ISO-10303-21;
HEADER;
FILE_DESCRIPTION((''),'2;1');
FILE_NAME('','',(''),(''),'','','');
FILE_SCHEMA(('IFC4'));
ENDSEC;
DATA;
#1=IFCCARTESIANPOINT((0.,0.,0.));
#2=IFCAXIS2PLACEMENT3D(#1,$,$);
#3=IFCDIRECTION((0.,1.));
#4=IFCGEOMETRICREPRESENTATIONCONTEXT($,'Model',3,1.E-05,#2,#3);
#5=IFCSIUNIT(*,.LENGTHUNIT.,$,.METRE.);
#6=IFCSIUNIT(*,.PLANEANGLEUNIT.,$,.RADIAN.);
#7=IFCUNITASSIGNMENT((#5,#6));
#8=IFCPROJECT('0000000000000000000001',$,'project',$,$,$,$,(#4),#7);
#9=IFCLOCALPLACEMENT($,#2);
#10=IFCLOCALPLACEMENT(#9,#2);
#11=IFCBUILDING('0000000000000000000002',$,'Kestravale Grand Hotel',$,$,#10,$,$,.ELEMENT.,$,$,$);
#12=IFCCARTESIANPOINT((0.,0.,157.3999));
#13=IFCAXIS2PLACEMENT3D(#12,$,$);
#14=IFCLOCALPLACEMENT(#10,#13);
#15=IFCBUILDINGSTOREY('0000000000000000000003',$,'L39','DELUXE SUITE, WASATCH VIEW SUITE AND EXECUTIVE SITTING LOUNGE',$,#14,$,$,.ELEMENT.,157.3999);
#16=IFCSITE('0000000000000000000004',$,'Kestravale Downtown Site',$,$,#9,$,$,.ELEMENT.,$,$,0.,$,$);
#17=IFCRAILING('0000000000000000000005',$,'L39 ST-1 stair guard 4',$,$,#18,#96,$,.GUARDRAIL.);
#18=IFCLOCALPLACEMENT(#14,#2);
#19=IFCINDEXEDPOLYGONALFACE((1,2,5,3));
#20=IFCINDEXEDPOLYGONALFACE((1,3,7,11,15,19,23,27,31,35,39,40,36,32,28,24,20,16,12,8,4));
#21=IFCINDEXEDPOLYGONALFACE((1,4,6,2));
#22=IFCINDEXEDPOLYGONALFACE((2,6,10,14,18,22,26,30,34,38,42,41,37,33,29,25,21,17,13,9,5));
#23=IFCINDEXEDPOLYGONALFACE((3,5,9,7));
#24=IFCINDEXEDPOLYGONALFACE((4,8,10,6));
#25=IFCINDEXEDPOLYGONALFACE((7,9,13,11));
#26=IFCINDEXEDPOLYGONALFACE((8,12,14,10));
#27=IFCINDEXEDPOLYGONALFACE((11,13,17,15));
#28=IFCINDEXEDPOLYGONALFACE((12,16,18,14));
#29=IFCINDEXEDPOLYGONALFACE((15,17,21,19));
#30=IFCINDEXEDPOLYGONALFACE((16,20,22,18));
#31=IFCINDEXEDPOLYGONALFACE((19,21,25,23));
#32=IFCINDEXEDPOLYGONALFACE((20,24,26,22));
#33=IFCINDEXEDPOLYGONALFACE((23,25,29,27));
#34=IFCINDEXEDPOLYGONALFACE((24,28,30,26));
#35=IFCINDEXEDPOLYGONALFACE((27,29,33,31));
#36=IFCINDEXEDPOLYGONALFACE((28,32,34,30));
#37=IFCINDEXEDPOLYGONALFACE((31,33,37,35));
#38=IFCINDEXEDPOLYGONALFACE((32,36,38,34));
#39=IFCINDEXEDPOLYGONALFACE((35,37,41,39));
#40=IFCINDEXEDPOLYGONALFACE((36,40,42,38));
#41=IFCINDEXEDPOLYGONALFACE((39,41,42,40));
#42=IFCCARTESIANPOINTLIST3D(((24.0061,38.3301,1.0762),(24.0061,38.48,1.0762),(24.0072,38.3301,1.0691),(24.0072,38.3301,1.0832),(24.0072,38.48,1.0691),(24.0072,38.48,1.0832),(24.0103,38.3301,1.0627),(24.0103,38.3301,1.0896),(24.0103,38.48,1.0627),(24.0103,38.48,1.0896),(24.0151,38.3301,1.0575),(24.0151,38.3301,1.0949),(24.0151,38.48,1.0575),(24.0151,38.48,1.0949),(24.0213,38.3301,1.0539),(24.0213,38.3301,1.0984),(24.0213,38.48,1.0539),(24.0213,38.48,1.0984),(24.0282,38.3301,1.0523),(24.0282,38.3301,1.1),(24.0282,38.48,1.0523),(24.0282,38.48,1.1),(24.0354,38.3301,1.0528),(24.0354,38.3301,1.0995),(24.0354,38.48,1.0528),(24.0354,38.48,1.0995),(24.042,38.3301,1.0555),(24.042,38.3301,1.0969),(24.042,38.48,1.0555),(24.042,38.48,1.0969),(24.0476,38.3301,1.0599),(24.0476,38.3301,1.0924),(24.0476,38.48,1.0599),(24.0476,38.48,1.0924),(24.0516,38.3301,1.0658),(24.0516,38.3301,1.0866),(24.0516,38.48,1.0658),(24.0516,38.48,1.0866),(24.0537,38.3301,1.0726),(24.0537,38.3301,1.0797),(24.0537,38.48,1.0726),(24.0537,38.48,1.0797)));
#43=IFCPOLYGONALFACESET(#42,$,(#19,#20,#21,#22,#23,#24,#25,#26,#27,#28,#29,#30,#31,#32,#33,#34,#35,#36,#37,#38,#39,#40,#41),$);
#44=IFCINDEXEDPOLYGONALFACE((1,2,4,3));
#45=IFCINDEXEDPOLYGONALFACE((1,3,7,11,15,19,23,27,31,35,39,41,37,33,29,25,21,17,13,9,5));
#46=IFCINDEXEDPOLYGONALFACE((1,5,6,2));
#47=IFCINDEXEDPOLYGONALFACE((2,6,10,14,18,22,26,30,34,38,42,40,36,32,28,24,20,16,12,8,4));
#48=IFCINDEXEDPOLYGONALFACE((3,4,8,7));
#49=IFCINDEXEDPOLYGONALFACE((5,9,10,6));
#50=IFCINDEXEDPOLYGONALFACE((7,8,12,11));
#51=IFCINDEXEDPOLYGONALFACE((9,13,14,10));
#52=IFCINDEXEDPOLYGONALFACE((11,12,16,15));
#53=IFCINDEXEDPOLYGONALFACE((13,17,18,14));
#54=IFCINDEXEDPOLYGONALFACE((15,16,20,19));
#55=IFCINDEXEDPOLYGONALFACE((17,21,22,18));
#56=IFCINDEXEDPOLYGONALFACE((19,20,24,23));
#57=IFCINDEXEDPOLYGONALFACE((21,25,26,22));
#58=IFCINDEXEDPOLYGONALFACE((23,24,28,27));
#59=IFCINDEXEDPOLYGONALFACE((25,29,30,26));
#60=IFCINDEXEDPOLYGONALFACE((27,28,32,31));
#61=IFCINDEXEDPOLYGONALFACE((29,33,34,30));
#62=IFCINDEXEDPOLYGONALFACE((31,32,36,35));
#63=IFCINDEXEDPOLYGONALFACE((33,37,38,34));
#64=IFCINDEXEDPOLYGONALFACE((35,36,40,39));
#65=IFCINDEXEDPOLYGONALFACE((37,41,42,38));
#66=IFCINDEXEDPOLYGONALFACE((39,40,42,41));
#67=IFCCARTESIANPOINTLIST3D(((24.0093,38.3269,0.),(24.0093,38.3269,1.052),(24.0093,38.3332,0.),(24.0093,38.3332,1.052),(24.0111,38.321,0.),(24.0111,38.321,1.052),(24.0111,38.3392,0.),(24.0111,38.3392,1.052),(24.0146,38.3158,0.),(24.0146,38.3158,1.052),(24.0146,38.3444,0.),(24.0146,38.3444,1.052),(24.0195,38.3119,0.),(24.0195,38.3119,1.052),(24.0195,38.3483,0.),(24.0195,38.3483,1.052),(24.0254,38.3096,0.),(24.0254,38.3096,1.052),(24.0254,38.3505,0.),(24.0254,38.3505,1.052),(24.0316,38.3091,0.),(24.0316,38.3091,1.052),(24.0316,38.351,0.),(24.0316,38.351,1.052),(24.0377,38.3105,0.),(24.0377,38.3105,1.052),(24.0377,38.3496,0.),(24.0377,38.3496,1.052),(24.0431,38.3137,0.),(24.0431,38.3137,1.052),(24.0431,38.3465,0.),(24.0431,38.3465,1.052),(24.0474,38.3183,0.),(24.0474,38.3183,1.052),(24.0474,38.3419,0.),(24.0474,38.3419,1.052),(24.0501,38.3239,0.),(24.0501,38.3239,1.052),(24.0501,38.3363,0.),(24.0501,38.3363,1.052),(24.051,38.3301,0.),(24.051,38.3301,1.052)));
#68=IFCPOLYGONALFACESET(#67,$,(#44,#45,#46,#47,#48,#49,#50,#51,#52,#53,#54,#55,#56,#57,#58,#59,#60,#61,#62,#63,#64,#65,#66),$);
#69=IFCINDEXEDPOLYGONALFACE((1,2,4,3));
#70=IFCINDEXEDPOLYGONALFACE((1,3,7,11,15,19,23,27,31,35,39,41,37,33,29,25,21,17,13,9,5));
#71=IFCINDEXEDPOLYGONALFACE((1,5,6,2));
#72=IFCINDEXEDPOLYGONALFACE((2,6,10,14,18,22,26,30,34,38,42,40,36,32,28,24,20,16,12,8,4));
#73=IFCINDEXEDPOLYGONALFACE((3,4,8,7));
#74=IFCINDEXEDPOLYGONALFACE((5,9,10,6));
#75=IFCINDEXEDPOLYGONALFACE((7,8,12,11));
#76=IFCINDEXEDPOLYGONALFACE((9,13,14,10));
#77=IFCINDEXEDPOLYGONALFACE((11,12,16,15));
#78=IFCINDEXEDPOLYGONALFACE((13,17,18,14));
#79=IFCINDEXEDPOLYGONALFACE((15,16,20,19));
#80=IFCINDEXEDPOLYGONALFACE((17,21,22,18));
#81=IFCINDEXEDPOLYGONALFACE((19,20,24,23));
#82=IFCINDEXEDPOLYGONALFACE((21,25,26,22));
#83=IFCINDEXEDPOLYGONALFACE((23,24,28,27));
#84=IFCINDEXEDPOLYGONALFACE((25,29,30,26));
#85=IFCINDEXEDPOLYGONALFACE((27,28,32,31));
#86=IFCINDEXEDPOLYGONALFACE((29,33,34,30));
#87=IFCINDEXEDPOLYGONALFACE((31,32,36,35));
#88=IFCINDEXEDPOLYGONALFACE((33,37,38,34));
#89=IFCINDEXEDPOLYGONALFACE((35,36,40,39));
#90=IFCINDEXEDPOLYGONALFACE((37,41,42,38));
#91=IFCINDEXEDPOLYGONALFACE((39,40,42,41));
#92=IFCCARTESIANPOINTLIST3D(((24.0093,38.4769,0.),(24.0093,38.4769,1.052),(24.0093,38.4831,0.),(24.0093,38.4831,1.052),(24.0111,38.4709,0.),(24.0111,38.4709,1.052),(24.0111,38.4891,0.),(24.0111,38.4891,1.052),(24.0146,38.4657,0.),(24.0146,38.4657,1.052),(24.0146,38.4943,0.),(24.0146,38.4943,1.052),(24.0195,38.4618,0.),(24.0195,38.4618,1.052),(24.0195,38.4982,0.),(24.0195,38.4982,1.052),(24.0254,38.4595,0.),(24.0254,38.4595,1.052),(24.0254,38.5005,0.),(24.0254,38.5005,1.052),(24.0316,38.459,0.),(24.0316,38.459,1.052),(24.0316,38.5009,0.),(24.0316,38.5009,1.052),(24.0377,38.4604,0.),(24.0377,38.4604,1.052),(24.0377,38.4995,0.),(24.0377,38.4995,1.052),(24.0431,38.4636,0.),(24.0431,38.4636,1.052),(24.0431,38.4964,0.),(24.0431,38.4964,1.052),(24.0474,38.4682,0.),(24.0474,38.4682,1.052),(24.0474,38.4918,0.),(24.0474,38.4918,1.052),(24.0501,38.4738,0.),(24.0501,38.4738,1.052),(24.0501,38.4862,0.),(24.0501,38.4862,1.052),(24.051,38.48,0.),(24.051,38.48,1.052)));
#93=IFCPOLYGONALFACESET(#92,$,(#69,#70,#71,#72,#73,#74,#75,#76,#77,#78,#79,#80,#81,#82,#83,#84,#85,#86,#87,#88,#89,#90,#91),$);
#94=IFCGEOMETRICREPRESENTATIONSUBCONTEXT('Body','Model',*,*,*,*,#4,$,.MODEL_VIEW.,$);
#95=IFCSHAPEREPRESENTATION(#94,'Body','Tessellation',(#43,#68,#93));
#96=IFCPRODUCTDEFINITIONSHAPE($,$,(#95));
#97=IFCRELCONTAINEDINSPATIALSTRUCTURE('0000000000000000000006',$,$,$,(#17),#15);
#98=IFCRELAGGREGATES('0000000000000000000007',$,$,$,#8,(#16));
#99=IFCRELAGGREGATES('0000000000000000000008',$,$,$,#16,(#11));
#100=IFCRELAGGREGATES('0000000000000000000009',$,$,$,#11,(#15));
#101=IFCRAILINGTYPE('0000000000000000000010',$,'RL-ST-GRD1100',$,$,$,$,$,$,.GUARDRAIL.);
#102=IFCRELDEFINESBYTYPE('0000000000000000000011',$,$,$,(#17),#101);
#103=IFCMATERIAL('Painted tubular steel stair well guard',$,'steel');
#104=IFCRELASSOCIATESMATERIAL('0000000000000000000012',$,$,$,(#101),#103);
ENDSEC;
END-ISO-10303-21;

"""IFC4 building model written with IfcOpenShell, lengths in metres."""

from ifc_helpers import new_model, si_unit, direction, frame, origin, origin_2d, place, context, subcontext, project, spatial, circle, extrude, material, type_object, element, save


model = new_model("IFC4")

# Units and contexts
model_context = context("Model", 3, precision=1e-05, world=origin(), true_north=direction((0.0, 1.0)))
body_context = subcontext(model_context, "Body", "Model", "MODEL_VIEW")
ifc_project = project(units=[si_unit("LENGTHUNIT", "METRE"), si_unit("PLANEANGLEUNIT", "RADIAN")], contexts=[model_context])

# Site, building, storey
site_placement = place(None, origin())
site = spatial("IfcSite", under=ifc_project, at=site_placement, Name="Kestravale Downtown Site", CompositionType="ELEMENT", RefElevation=0.0)
building_placement = place(site_placement, origin())
building = spatial("IfcBuilding", under=site, at=building_placement, Name="Kestravale Grand Hotel", CompositionType="ELEMENT")
storey_placement = place(building_placement, frame((0.0, 0.0, 157.3999)))
storey = spatial("IfcBuildingStorey", under=building, at=storey_placement, Name="L39", Description="DELUXE SUITE, WASATCH VIEW SUITE AND EXECUTIVE SITTING LOUNGE", CompositionType="ELEMENT", Elevation=157.3999)

# Railing
ifc_material_1 = material(Name="Painted tubular steel stair well guard", Category="steel")
railing_type_1 = type_object("IfcRailingType", Name="RL-ST-GRD1100", PredefinedType="GUARDRAIL", material=ifc_material_1)
railing_1_placement = place(storey_placement, frame((24.03, 38.3301, 0.0)))
element("IfcRailing", 1, at=railing_1_placement, inside=storey, type_object=railing_type_1, Name="L39 ST-1 stair guard 4", PredefinedType="GUARDRAIL", context=body_context, shape_type="SweptSolid", body=[
    extrude(circle(Radius=0.0239, at=origin_2d()), frame((0.0, 0.0, 1.0762), z_axis=(0.0, 1.0, 0.0), x_axis=(-1.0, 0.0, 0.0)), (0.0, 0.0, 1.0), 0.1499),
    extrude(circle(Radius=0.021, at=origin_2d()), origin(), (0.0, 0.0, 1.0), 1.052),
    extrude(circle(Radius=0.021, at=origin_2d()), frame((0.0, 0.1499, 0.0)), (0.0, 0.0, 1.0), 1.052),
])

save(model, "model.ifc")
